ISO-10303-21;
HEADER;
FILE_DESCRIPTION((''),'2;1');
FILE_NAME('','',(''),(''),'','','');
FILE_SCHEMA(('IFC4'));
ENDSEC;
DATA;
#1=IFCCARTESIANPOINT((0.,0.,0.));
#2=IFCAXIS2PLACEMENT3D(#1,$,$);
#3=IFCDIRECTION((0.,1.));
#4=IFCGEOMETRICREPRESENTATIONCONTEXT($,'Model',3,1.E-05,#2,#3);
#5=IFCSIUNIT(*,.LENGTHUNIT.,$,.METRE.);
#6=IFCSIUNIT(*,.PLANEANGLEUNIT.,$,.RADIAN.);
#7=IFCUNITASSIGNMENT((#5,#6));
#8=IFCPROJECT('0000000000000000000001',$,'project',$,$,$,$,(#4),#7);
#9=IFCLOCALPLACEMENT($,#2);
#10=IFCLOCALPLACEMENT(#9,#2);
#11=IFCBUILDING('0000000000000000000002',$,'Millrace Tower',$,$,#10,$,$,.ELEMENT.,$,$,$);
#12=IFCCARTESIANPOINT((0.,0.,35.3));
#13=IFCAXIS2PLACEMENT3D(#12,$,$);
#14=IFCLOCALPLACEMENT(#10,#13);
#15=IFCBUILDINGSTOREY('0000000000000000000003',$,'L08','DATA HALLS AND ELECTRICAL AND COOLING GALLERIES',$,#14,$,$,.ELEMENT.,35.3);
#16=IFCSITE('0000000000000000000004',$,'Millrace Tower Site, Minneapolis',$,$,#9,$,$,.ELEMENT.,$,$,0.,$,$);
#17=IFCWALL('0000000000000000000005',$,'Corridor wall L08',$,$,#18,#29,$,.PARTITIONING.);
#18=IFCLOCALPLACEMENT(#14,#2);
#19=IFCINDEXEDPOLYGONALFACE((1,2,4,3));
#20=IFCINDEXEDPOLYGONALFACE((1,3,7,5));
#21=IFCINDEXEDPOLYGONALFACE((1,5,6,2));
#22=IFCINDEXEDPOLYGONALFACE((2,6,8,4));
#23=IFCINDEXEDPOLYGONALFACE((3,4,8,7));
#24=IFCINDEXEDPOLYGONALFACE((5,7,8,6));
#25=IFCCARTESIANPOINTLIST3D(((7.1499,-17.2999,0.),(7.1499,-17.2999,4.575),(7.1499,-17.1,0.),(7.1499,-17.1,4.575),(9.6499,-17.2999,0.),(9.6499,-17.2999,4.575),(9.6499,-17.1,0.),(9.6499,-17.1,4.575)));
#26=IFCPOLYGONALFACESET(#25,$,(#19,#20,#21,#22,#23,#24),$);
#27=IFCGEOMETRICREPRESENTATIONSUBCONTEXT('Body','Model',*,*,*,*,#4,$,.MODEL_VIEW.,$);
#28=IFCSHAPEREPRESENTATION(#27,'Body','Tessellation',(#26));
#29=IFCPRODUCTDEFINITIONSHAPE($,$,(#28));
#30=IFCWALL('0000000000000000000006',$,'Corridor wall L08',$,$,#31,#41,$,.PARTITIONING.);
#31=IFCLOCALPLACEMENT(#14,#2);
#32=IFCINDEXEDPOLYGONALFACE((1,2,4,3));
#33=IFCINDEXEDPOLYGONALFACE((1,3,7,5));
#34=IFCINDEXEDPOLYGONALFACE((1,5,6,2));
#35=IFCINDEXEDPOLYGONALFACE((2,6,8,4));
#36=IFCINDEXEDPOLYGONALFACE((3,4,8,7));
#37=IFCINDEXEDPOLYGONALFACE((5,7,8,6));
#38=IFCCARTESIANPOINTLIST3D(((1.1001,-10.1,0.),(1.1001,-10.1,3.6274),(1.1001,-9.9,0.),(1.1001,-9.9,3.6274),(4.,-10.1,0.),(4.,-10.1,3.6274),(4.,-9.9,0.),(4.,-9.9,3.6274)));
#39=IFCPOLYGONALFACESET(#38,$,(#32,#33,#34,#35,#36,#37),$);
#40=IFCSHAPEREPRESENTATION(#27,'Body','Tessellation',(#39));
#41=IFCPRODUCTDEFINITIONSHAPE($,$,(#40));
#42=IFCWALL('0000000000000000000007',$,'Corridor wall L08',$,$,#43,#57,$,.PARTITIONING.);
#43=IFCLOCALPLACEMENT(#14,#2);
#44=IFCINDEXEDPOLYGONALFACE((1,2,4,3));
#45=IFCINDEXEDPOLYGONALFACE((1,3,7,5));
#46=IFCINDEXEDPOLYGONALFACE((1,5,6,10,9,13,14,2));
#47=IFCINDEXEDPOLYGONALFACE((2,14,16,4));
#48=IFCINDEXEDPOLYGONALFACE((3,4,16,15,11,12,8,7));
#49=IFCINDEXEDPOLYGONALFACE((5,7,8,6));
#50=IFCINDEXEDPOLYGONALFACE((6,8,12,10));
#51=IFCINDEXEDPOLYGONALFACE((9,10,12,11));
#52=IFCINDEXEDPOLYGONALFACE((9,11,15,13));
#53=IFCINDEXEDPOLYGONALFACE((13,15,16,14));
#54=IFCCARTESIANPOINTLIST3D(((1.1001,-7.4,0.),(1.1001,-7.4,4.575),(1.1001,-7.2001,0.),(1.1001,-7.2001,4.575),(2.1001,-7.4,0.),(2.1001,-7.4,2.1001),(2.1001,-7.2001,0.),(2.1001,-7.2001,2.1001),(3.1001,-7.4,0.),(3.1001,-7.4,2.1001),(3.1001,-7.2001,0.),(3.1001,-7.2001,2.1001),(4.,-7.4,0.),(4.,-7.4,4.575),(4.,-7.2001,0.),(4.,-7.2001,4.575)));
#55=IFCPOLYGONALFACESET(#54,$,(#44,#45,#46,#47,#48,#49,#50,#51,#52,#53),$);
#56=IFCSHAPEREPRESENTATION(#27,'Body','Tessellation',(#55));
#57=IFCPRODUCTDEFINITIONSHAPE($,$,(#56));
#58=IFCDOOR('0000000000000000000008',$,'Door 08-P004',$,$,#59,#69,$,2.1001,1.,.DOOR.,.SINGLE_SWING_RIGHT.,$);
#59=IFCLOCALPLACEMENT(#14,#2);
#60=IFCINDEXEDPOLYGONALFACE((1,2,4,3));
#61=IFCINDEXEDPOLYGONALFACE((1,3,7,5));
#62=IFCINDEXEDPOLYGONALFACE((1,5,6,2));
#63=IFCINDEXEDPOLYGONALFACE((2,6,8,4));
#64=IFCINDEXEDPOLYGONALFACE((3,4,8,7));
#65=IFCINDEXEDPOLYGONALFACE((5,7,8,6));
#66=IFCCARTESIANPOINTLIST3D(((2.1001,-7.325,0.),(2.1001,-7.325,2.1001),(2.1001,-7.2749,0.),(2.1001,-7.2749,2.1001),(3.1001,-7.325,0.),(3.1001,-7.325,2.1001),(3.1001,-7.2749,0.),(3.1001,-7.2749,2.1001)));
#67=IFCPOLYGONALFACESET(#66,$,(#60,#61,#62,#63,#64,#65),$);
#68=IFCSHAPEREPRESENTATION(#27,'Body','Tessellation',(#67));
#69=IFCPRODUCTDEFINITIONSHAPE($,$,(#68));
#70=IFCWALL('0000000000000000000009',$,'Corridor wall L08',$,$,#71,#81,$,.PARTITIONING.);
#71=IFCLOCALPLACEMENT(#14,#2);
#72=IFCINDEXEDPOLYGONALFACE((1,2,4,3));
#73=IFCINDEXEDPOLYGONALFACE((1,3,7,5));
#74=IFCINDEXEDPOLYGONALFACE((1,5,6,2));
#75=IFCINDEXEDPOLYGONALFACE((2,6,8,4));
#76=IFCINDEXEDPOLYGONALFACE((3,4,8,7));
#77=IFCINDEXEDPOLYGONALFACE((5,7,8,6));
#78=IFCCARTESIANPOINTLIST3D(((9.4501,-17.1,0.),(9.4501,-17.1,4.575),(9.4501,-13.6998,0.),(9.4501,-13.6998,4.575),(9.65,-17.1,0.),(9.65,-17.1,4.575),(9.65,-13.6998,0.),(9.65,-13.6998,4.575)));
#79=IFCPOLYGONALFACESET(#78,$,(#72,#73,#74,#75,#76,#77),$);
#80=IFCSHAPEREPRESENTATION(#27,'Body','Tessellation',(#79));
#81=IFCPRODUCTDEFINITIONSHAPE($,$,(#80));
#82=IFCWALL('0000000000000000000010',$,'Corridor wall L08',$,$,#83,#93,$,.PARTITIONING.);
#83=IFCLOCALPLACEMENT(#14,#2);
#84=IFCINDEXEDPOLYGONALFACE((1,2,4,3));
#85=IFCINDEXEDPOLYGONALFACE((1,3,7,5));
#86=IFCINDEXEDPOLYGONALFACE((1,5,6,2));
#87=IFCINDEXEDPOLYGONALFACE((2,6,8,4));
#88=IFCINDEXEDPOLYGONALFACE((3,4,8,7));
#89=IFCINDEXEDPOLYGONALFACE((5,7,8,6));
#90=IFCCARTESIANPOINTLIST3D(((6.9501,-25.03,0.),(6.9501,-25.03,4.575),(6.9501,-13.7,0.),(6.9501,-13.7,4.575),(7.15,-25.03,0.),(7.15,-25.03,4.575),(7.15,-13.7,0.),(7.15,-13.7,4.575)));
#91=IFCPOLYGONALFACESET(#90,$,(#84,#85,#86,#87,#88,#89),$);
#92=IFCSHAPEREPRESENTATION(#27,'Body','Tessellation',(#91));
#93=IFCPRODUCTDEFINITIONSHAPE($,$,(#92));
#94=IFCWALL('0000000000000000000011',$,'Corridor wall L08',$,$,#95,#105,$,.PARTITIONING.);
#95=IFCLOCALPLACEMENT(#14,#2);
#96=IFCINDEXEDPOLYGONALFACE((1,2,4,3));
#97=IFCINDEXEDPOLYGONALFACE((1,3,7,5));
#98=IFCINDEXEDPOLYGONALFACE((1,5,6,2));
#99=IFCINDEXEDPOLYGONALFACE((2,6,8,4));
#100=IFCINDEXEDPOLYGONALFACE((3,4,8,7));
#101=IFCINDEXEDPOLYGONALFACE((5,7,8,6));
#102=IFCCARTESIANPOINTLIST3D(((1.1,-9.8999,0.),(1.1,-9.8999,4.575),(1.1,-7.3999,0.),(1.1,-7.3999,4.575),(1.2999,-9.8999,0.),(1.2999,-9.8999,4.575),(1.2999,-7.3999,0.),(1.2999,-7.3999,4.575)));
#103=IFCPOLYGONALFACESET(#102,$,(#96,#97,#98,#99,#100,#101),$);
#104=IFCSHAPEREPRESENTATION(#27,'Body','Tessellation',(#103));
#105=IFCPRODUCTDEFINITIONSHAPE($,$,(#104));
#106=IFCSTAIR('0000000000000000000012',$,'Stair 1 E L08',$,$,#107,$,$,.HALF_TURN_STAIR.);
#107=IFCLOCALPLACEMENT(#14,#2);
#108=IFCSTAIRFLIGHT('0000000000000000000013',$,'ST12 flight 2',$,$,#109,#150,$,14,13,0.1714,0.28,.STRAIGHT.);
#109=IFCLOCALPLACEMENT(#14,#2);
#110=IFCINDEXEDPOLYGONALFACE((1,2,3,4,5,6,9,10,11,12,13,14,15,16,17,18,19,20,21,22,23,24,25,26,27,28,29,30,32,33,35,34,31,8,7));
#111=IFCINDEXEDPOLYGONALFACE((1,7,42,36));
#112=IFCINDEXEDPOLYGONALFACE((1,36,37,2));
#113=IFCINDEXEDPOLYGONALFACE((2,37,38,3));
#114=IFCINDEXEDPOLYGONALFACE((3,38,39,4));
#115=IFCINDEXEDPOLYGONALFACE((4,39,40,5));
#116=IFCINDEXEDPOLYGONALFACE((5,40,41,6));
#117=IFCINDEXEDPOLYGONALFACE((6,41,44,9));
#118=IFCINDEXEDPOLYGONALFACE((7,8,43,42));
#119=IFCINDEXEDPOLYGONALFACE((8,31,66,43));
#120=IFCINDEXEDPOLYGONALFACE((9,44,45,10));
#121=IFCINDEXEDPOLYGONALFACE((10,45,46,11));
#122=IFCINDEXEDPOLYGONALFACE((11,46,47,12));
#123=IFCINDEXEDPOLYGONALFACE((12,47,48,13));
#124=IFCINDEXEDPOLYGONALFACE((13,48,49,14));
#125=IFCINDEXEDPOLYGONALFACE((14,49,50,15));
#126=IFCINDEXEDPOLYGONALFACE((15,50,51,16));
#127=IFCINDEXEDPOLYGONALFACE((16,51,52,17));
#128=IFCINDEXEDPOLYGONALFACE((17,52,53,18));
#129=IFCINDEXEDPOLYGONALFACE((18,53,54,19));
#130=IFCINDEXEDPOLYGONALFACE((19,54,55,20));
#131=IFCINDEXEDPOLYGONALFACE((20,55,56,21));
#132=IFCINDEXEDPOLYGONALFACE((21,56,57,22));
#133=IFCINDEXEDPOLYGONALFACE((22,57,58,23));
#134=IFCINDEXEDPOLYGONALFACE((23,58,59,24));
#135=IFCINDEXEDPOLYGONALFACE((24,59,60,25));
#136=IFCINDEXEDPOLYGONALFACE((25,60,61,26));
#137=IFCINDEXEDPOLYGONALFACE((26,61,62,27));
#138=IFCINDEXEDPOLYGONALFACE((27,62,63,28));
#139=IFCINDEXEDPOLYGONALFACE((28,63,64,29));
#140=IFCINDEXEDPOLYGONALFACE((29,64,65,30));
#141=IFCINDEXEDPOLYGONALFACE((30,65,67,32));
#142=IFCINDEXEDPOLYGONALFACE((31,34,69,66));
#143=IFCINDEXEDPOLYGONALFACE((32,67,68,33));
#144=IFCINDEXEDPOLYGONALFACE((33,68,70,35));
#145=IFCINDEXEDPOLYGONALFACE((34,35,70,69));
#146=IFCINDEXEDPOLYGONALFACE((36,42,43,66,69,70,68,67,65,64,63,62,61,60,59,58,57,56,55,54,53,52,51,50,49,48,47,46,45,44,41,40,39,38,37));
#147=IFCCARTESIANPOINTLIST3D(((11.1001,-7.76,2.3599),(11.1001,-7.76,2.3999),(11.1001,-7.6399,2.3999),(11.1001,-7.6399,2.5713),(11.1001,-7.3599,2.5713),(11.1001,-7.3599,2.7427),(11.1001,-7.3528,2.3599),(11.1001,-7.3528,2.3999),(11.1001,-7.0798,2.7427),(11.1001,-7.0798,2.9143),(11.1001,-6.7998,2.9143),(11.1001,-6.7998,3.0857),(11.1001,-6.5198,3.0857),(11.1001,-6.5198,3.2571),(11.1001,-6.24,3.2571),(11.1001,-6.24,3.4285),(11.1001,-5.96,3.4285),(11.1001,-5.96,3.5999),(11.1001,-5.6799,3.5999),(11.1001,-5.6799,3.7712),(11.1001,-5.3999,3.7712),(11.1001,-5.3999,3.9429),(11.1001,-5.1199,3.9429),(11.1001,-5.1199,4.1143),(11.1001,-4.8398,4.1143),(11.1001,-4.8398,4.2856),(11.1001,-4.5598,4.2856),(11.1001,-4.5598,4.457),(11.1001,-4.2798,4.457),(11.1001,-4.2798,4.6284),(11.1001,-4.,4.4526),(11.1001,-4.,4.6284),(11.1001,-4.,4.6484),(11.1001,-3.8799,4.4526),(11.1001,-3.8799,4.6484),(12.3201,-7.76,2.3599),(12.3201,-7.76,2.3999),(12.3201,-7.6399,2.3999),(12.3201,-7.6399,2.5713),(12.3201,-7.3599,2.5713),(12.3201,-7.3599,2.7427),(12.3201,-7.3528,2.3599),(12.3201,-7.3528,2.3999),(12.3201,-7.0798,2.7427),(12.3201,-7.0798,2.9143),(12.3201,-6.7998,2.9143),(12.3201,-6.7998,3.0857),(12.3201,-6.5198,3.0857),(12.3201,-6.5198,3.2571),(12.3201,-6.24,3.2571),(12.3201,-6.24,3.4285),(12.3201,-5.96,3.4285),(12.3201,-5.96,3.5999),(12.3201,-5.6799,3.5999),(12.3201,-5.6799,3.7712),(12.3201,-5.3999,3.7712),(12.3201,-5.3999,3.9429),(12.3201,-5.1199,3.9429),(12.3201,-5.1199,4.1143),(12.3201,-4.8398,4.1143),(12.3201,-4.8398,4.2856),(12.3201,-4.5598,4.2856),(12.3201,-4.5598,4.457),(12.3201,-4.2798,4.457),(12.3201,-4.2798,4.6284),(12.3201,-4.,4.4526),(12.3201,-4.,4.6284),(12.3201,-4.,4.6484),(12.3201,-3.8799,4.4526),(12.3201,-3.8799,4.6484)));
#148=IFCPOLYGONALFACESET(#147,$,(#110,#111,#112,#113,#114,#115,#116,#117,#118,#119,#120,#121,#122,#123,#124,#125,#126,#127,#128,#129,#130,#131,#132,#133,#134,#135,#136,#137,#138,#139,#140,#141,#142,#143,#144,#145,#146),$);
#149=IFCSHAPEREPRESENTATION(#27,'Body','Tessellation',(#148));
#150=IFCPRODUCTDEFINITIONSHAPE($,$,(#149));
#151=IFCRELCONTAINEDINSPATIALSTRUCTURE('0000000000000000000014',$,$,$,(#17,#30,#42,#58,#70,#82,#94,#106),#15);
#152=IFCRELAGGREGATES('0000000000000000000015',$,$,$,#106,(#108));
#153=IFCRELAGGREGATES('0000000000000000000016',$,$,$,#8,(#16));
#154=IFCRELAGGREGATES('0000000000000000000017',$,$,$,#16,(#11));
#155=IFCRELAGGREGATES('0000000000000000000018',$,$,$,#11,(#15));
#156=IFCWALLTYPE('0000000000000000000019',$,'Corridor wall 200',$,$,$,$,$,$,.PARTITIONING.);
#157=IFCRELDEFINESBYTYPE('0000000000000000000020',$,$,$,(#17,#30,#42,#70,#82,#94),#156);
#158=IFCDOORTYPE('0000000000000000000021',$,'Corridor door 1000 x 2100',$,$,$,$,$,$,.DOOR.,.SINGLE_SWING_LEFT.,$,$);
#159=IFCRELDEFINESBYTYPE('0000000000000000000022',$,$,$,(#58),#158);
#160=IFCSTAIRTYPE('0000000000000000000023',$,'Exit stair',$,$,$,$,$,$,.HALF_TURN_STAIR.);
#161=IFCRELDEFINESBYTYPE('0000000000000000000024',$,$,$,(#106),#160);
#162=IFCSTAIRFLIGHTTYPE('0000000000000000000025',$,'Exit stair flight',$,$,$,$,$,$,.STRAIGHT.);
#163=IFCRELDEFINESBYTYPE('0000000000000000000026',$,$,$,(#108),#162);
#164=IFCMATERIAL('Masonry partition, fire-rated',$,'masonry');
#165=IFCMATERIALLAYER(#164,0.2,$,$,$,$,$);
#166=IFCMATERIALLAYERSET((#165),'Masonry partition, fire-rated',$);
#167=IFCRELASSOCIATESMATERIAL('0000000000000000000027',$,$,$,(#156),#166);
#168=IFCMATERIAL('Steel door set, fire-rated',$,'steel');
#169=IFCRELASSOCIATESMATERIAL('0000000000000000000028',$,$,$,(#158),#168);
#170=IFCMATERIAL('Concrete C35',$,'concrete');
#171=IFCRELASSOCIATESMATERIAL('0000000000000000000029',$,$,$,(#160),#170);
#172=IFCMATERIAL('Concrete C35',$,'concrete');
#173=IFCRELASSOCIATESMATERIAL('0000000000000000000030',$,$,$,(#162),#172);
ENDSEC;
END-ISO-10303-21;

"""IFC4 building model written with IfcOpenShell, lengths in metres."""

from ifc_helpers import new_model, si_unit, direction, frame, frame_2d, origin, place, context, subcontext, project, spatial, polyline, rectangle, outline, extrude, material, layer, layer_set, type_object, element, fill, aggregate, save


model = new_model("IFC4")

# Units and contexts
model_context = context("Model", 3, precision=1e-05, world=origin(), true_north=direction((0.0, 1.0)))
body_context = subcontext(model_context, "Body", "Model", "MODEL_VIEW")
ifc_project = project(units=[si_unit("LENGTHUNIT", "METRE"), si_unit("PLANEANGLEUNIT", "RADIAN")], contexts=[model_context])

# Site, building, storey
site_placement = place(None, origin())
site = spatial("IfcSite", under=ifc_project, at=site_placement, Name="Millrace Tower Site, Minneapolis", CompositionType="ELEMENT", RefElevation=0.0)
building_placement = place(site_placement, origin())
building = spatial("IfcBuilding", under=site, at=building_placement, Name="Millrace Tower", CompositionType="ELEMENT")
storey_placement = place(building_placement, frame((0.0, 0.0, 35.3)))
storey = spatial("IfcBuildingStorey", under=building, at=storey_placement, Name="L08", Description="DATA HALLS AND ELECTRICAL AND COOLING GALLERIES", CompositionType="ELEMENT", Elevation=35.3)

# Shared definitions
placement = place(storey_placement, origin())

# Walls
ifc_material_1 = material(Name="Masonry partition, fire-rated", Category="masonry")
ifc_layer_1 = layer(ifc_material_1, 0.2)
ifc_layer_set_1 = layer_set([ifc_layer_1], Name="Masonry partition, fire-rated")
wall_type = type_object("IfcWallType", Name="Corridor wall 200", PredefinedType="PARTITIONING", material=ifc_layer_set_1)
wall_1_placement = place(storey_placement, frame((7.1499, -17.2, 0.0), z_axis=(0.0, 0.0, 1.0), x_axis=(1.0, 0.0, 0.0)))
element("IfcWall", 1, at=wall_1_placement, inside=storey, type_object=wall_type, Name="Corridor wall L08", PredefinedType="PARTITIONING", context=body_context, shape_type="SweptSolid", body=[
    extrude(rectangle(XDim=2.5, YDim=0.2, at=frame_2d((1.25, 0.0))), origin(), (0.0, 0.0, 1.0), 4.575),
])
wall_2_placement = place(storey_placement, frame((1.1001, -10.0, 0.0), z_axis=(0.0, 0.0, 1.0), x_axis=(1.0, 0.0, 0.0)))
element("IfcWall", 2, at=wall_2_placement, inside=storey, type_object=wall_type, Name="Corridor wall L08", PredefinedType="PARTITIONING", context=body_context, shape_type="SweptSolid", body=[
    extrude(rectangle(XDim=2.8999, YDim=0.2, at=frame_2d((1.45, 0.0))), origin(), (0.0, 0.0, 1.0), 3.6274),
])

# Wall, opening, door
wall_3_placement = place(storey_placement, frame((1.1001, -7.3, 0.0), z_axis=(0.0, 0.0, 1.0), x_axis=(1.0, 0.0, 0.0)))
wall_3 = element("IfcWall", 3, at=wall_3_placement, inside=storey, type_object=wall_type, Name="Corridor wall L08", PredefinedType="PARTITIONING", context=body_context, shape_type="SweptSolid", body=[
    extrude(rectangle(XDim=2.8999, YDim=0.2, at=frame_2d((1.45, 0.0))), origin(), (0.0, 0.0, 1.0), 4.575),
])
opening_placement = place(wall_3_placement, frame((1.0, 0.0, 0.0)))
opening = element("IfcOpeningElement", 4, at=opening_placement, cuts=wall_3, PredefinedType="OPENING", context=body_context, shape_type="SweptSolid", body=[
    extrude(rectangle(XDim=1.0, YDim=2.1001, at=frame_2d((0.5, 1.05))), frame((0.0, 0.1099, 0.0), z_axis=(0.0, -1.0, 0.0), x_axis=(1.0, 0.0, 0.0)), (0.0, 0.0, 1.0), 0.22),
])
ifc_material_2 = material(Name="Steel door set, fire-rated", Category="steel")
door_type = type_object("IfcDoorType", Name="Corridor door 1000 x 2100", OperationType="SINGLE_SWING_LEFT", PredefinedType="DOOR", material=ifc_material_2)
door_placement = place(opening_placement, frame((1.0, 0.0, 0.0), z_axis=(0.0, 0.0, 1.0), x_axis=(-1.0, 0.0, 0.0)))
door = element("IfcDoor", 5, at=door_placement, inside=storey, type_object=door_type, Name="Door 08-P004", OperationType="SINGLE_SWING_RIGHT", OverallHeight=2.1001, OverallWidth=1.0, PredefinedType="DOOR", context=body_context, shape_type="SweptSolid", body=[
    extrude(rectangle(XDim=1.0, YDim=2.1001, at=frame_2d((0.5, 1.05))), frame((0.0, 0.0249, 0.0), z_axis=(0.0, -1.0, 0.0), x_axis=(1.0, 0.0, 0.0)), (0.0, 0.0, 1.0), 0.05),
])
fill(opening, door)

# Walls
wall_4_placement = place(storey_placement, frame((9.55, -17.1001, 0.0), z_axis=(0.0, 0.0, 1.0), x_axis=(0.0, 1.0, 0.0)))
element("IfcWall", 6, at=wall_4_placement, inside=storey, type_object=wall_type, Name="Corridor wall L08", PredefinedType="PARTITIONING", context=body_context, shape_type="SweptSolid", body=[
    extrude(rectangle(XDim=3.4001, YDim=0.2, at=frame_2d((1.7002, 0.0))), origin(), (0.0, 0.0, 1.0), 4.575),
])
wall_5_placement = place(storey_placement, frame((7.05, -25.03, 0.0), z_axis=(0.0, 0.0, 1.0), x_axis=(0.0, 1.0, 0.0)))
element("IfcWall", 7, at=wall_5_placement, inside=storey, type_object=wall_type, Name="Corridor wall L08", PredefinedType="PARTITIONING", context=body_context, shape_type="SweptSolid", body=[
    extrude(rectangle(XDim=11.3301, YDim=0.2, at=frame_2d((5.665, 0.0))), origin(), (0.0, 0.0, 1.0), 4.575),
])
wall_6_placement = place(storey_placement, frame((1.2, -9.8999, 0.0), z_axis=(0.0, 0.0, 1.0), x_axis=(0.0, 1.0, 0.0)))
element("IfcWall", 8, at=wall_6_placement, inside=storey, type_object=wall_type, Name="Corridor wall L08", PredefinedType="PARTITIONING", context=body_context, shape_type="SweptSolid", body=[
    extrude(rectangle(XDim=2.5, YDim=0.2, at=frame_2d((1.25, 0.0))), origin(), (0.0, 0.0, 1.0), 4.575),
])

# Stair, stair flight
ifc_material_3 = material(Name="Concrete C35", Category="concrete")
stair_type = type_object("IfcStairType", Name="Exit stair", PredefinedType="HALF_TURN_STAIR", material=ifc_material_3)
stair_1 = element("IfcStair", 9, at=placement, inside=storey, type_object=stair_type, Name="Stair 1 E L08", PredefinedType="HALF_TURN_STAIR")
ifc_material_4 = material(Name="Concrete C35", Category="concrete")
stair_flight_type = type_object("IfcStairFlightType", Name="Exit stair flight", PredefinedType="STRAIGHT", material=ifc_material_4)
stair_flight_1_placement = place(storey_placement, frame((11.71, -7.6399, 2.3999), z_axis=(0.0, 0.0, 1.0), x_axis=(0.0, 1.0, 0.0)))
stair_flight_1 = element("IfcStairFlight", 10, at=stair_flight_1_placement, type_object=stair_flight_type, Name="ST12 flight 2", NumberOfRisers=14, NumberOfTreads=13, PredefinedType="STRAIGHT", RiserHeight=0.1714, TreadLength=0.28, context=body_context, shape_type="SweptSolid", body=[
    extrude(outline(polyline([(-0.1201, -0.04), (-0.1201, 0.0), (0.0, 0.0), (0.0, 0.1714), (0.28, 0.1714), (0.28, 0.3428), (0.5601, 0.3428), (0.5601, 0.5144), (0.8401, 0.5144), (0.8401, 0.6858), (1.1201, 0.6858), (1.1201, 0.8572), (1.3999, 0.8572), (1.3999, 1.0286), (1.6799, 1.0286), (1.6799, 1.2), (1.96, 1.2), (1.96, 1.3713), (2.24, 1.3713), (2.24, 1.543), (2.52, 1.543), (2.52, 1.7144), (2.8, 1.7144), (2.8, 1.8857), (3.0801, 1.8857), (3.0801, 2.0571), (3.3601, 2.0571), (3.3601, 2.2285), (3.6399, 2.2285), (3.6399, 2.2485), (3.76, 2.2485), (3.76, 2.0527), (3.6399, 2.0527), (0.2871, 0.0), (0.2871, -0.04), (-0.1201, -0.04)])), frame((0.0, 0.6099, 0.0), z_axis=(0.0, -1.0, 0.0), x_axis=(1.0, 0.0, 0.0)), (0.0, 0.0, 1.0), 1.22),
])
aggregate(stair_1, [stair_flight_1])

save(model, "model.ifc")
